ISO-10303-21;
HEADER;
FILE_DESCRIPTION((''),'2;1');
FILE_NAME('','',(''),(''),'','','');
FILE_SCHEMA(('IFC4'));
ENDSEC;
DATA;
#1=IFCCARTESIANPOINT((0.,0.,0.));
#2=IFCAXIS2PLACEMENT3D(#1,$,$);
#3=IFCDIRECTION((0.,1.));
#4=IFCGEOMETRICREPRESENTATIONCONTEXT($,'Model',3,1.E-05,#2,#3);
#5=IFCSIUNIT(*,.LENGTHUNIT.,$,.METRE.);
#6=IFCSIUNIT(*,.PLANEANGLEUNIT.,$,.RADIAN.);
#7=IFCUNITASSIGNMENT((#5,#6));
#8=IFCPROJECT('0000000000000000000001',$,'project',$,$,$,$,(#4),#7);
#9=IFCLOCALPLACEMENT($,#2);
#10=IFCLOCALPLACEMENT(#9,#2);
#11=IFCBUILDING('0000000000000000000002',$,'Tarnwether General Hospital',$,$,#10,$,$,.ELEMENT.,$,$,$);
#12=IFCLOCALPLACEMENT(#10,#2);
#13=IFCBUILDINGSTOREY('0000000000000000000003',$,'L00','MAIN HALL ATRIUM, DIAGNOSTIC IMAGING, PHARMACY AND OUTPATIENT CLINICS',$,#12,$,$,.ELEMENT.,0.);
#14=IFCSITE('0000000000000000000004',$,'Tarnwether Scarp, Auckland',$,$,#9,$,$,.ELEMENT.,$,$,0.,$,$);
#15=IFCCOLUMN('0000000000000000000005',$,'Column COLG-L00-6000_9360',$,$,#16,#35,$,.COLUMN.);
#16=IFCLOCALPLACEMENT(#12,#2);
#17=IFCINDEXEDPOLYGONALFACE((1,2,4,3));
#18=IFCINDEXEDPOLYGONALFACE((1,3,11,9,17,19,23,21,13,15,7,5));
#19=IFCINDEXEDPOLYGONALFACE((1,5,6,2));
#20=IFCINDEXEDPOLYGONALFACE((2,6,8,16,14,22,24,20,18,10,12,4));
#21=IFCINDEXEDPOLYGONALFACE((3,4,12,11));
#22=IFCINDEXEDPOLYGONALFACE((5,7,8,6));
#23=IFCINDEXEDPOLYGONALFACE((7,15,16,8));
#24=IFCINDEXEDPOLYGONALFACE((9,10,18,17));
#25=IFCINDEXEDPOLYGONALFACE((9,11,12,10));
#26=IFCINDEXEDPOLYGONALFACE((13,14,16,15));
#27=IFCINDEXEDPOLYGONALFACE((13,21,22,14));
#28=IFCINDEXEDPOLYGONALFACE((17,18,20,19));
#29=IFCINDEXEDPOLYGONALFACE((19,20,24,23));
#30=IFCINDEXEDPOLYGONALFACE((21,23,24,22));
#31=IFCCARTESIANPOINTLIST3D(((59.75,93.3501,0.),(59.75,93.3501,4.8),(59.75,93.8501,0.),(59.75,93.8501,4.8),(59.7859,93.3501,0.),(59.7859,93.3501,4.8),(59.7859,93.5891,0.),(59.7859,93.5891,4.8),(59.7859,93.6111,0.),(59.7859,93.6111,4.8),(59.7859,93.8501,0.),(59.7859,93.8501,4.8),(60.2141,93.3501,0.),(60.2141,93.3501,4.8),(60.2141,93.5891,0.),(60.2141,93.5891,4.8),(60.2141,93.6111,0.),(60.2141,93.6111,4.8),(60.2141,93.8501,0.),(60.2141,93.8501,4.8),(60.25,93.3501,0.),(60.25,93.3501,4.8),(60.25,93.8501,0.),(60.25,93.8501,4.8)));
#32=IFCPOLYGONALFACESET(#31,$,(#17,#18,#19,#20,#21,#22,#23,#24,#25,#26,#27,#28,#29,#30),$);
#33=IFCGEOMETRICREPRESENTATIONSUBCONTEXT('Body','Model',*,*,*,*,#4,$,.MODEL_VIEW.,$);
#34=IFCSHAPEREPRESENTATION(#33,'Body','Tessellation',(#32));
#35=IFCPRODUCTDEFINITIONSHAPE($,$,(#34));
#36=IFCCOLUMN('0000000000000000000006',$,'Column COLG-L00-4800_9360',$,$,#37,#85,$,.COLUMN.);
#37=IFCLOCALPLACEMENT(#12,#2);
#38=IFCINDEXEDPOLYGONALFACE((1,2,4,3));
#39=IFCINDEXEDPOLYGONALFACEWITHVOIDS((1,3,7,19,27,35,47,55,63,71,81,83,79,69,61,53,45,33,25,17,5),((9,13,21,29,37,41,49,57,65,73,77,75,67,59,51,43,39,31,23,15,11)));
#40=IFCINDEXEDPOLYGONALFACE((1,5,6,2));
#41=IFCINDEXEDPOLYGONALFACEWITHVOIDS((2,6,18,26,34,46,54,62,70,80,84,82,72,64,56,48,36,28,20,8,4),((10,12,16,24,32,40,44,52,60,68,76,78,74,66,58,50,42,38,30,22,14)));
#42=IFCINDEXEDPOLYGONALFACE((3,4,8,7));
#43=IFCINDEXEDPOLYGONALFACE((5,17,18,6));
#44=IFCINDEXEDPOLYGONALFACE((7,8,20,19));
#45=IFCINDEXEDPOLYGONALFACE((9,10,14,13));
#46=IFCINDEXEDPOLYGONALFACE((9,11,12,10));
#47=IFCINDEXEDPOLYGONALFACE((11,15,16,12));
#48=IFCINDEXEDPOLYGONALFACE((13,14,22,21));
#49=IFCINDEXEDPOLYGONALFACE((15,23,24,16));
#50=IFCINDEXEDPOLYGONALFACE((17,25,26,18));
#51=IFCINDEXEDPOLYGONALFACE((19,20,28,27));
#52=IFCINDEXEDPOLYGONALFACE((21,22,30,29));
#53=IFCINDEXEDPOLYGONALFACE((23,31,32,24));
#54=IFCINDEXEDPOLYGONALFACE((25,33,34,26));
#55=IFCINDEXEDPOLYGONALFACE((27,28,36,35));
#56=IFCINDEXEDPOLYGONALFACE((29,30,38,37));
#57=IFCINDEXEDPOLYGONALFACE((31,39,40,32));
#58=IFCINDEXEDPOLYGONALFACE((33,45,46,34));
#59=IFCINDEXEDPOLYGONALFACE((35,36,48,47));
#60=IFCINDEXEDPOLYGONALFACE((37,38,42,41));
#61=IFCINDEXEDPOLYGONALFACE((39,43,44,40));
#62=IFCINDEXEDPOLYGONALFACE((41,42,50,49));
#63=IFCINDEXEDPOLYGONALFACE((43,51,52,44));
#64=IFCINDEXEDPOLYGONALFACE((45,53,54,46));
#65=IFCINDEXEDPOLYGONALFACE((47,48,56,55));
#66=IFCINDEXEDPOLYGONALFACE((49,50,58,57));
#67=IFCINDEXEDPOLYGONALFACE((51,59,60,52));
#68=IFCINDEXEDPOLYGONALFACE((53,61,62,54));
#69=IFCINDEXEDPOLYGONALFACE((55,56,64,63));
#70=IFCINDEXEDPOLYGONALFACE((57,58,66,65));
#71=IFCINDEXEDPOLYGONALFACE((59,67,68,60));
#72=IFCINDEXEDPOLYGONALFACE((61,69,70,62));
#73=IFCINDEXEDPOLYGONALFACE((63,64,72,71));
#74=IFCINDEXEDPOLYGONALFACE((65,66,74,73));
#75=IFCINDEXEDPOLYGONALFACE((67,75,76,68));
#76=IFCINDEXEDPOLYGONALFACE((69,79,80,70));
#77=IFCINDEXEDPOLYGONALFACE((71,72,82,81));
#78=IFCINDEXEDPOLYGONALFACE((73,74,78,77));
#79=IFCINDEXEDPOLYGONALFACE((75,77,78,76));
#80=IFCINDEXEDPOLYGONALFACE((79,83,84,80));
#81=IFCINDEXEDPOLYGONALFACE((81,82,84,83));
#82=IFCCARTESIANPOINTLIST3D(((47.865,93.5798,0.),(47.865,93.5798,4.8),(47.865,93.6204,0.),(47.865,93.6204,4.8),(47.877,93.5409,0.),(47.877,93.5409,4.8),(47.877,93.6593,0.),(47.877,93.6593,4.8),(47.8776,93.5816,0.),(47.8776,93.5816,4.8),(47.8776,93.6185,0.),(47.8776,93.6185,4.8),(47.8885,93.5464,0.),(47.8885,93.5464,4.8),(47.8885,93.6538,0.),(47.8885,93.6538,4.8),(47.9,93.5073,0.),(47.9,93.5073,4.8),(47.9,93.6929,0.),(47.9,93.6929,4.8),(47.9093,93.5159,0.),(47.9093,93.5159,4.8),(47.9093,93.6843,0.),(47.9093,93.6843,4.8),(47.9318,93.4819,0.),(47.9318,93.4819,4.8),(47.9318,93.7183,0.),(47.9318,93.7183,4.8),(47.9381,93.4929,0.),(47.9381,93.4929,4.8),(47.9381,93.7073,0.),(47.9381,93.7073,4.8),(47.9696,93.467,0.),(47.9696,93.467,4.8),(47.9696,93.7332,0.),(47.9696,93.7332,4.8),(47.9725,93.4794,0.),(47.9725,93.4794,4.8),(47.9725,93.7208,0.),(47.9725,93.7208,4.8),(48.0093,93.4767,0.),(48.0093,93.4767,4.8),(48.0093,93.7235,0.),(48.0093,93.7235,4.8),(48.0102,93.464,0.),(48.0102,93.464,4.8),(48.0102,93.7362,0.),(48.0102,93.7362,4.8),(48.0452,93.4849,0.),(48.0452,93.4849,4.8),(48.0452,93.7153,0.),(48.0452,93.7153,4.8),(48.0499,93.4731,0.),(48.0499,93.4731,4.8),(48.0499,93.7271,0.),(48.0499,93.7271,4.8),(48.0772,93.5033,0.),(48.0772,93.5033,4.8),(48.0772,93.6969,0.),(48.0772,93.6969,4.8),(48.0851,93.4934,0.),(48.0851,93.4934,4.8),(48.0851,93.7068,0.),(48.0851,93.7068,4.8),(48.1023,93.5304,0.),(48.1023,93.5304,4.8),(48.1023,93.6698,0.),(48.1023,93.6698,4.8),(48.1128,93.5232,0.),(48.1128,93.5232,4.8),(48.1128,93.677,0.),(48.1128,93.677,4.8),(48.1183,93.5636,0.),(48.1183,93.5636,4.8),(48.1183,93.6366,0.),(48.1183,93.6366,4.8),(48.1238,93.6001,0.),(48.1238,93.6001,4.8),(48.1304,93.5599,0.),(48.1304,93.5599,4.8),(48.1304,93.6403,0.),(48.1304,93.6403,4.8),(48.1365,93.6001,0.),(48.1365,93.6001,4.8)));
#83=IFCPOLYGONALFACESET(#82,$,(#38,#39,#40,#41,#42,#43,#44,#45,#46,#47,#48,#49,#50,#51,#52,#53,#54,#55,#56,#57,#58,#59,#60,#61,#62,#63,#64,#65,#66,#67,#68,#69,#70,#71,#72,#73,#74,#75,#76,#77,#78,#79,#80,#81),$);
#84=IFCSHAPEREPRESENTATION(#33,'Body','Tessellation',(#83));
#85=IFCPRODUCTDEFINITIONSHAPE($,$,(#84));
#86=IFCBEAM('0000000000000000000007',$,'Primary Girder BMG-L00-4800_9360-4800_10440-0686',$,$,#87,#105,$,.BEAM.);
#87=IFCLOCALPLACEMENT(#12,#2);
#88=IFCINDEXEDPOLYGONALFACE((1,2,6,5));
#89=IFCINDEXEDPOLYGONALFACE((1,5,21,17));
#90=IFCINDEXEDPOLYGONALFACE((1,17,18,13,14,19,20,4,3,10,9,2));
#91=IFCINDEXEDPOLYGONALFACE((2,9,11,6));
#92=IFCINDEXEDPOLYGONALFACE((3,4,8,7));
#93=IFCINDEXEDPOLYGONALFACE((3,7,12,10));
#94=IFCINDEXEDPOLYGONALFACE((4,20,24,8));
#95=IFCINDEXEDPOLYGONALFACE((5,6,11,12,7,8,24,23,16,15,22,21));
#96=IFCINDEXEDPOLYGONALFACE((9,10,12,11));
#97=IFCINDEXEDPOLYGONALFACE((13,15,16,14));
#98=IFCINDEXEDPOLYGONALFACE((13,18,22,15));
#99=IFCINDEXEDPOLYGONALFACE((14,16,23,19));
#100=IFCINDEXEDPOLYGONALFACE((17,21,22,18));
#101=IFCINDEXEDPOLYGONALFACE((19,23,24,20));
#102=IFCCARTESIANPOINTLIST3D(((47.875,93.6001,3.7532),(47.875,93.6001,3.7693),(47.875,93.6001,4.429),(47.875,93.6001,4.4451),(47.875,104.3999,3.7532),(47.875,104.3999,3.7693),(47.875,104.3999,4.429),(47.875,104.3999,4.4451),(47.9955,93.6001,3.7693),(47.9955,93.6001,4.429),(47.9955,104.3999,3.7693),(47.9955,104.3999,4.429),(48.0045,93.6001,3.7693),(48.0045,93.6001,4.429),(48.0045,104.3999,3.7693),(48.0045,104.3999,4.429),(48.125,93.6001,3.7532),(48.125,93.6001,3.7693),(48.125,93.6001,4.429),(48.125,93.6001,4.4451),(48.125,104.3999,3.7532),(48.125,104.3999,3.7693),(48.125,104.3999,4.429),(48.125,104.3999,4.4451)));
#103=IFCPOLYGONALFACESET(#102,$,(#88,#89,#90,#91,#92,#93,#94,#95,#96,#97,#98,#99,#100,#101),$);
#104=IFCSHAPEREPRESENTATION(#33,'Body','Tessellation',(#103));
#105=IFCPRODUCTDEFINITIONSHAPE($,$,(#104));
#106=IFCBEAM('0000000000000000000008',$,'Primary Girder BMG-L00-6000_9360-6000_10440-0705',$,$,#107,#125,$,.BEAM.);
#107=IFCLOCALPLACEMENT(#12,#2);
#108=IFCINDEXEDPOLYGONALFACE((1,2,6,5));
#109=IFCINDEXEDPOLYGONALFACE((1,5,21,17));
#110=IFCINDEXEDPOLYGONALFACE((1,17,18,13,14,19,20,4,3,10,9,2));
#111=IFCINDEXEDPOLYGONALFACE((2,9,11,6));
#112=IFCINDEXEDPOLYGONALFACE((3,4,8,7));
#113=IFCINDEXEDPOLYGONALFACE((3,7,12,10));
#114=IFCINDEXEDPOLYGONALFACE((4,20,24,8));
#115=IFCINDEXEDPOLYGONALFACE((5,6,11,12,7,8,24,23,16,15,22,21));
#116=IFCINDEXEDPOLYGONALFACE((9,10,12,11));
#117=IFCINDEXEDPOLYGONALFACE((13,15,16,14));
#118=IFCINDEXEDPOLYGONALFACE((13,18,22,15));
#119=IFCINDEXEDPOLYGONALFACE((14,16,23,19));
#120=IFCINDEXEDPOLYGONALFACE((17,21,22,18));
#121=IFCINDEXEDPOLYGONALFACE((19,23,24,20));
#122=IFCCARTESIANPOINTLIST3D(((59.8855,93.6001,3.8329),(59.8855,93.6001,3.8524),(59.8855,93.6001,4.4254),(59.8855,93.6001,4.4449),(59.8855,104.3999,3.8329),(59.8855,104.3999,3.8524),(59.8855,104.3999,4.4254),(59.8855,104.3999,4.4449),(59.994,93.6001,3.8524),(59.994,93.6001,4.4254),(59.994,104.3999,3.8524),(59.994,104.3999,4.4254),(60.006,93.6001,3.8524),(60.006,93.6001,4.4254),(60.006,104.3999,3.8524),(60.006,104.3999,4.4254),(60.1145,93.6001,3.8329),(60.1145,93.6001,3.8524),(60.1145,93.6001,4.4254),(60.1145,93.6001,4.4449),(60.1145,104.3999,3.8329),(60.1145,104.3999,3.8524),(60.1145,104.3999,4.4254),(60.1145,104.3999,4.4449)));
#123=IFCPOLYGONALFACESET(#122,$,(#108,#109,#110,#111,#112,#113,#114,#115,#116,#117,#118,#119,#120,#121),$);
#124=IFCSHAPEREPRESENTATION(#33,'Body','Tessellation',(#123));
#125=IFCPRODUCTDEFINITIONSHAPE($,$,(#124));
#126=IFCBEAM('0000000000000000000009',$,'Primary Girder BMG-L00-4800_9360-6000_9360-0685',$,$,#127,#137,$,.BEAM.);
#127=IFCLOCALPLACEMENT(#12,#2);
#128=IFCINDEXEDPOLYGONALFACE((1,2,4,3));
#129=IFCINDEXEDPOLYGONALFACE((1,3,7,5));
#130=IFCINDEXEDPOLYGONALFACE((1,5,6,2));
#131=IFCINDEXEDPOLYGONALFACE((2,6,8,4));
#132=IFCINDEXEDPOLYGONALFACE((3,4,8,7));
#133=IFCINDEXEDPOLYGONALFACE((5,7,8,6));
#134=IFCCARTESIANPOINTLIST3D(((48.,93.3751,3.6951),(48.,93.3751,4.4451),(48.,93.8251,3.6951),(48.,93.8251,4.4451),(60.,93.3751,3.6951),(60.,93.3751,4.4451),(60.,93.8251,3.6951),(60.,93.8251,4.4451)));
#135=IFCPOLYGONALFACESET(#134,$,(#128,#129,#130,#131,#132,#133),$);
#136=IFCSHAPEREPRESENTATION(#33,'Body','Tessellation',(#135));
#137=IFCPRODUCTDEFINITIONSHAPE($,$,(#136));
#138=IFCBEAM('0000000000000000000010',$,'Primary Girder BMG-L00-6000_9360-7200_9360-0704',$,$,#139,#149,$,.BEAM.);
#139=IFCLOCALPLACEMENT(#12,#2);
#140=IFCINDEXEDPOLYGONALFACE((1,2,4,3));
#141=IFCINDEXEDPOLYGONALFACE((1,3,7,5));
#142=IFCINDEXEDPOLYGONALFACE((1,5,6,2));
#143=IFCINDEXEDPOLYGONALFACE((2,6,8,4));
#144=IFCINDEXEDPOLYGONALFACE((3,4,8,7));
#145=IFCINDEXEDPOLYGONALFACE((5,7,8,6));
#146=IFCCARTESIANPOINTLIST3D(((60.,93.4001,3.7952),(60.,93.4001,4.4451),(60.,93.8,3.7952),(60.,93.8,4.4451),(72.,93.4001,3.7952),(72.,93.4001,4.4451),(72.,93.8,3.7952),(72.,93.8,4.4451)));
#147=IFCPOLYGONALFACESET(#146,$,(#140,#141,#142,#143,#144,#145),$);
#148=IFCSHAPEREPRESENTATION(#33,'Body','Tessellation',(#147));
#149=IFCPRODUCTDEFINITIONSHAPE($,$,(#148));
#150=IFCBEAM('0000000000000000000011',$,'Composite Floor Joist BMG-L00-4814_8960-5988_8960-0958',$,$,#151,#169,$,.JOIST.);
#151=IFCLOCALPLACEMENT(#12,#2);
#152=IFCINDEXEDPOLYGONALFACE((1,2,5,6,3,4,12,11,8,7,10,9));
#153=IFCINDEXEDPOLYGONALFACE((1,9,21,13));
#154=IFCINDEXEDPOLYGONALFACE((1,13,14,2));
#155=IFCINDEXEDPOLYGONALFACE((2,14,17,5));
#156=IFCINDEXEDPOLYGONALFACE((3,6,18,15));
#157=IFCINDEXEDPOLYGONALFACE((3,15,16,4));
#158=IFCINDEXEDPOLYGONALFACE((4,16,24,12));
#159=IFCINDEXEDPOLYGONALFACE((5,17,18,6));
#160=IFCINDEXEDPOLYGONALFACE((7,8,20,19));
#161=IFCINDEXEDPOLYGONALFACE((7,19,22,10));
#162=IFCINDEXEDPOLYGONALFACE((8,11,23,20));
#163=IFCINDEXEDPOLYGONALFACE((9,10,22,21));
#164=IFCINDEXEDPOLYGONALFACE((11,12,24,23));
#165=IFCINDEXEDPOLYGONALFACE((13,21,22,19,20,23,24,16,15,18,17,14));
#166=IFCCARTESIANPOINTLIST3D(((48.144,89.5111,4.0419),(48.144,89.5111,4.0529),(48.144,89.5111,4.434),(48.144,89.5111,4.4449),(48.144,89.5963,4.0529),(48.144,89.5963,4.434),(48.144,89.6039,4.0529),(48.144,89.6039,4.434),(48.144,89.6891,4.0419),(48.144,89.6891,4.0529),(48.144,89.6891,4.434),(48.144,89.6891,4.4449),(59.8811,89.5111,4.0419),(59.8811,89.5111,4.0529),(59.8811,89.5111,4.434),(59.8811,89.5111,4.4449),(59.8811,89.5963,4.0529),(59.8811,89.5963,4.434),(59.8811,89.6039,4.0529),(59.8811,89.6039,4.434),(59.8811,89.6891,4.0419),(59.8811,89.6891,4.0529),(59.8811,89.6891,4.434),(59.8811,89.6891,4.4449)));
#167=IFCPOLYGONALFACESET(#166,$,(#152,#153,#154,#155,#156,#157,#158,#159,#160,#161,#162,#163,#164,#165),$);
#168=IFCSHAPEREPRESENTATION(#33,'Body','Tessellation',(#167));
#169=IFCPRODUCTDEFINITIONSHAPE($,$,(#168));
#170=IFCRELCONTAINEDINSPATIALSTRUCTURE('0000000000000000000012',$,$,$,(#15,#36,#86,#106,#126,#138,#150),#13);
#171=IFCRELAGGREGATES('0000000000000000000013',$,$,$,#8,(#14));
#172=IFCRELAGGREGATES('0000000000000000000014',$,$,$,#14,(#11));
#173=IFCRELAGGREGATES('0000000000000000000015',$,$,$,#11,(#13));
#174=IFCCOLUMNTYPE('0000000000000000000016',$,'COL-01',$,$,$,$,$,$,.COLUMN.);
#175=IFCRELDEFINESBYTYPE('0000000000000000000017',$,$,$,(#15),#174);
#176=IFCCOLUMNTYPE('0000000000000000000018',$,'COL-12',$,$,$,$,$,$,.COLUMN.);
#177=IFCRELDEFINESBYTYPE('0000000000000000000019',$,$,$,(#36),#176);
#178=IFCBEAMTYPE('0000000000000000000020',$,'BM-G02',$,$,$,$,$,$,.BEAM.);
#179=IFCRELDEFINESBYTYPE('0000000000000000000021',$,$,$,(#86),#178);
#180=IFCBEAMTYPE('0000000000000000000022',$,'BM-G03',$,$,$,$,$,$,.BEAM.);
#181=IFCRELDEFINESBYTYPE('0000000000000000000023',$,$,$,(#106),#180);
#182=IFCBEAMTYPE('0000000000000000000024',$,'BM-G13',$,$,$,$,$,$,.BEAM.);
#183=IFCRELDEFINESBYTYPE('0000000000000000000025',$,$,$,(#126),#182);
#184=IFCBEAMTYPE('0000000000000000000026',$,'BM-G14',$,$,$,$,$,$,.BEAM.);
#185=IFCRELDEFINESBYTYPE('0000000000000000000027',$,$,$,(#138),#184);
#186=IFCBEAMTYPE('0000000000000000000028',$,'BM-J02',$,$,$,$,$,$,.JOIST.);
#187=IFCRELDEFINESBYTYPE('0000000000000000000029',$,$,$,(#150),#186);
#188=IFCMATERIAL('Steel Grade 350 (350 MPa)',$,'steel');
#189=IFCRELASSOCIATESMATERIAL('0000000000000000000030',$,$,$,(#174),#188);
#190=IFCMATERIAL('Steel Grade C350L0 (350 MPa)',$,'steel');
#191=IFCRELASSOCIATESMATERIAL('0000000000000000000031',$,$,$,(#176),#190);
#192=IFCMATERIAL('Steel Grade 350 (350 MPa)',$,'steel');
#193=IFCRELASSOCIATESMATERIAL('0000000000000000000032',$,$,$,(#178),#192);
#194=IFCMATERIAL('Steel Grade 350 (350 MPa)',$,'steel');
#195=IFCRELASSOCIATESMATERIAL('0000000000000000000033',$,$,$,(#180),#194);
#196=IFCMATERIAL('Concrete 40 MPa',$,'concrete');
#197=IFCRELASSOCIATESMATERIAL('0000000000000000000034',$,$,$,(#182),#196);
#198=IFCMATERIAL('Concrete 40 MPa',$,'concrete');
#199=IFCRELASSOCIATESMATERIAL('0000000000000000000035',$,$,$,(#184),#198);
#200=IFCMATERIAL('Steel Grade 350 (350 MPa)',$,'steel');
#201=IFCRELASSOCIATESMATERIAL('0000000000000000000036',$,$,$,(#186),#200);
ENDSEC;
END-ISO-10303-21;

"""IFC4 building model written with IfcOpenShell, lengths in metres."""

from ifc_helpers import new_model, si_unit, direction, frame, origin, origin_2d, place, context, subcontext, project, spatial, rectangle, hollow_circle, i_section, extrude, material, material_profile, profile_set, type_object, element, save


model = new_model("IFC4")

# Units and contexts
model_context = context("Model", 3, precision=1e-05, world=origin(), true_north=direction((0.0, 1.0)))
body_context = subcontext(model_context, "Body", "Model", "MODEL_VIEW")
ifc_project = project(units=[si_unit("LENGTHUNIT", "METRE"), si_unit("PLANEANGLEUNIT", "RADIAN")], contexts=[model_context])

# Site, building, storey
site_placement = place(None, origin())
site = spatial("IfcSite", under=ifc_project, at=site_placement, Name="Tarnwether Scarp, Auckland", CompositionType="ELEMENT", RefElevation=0.0)
building_placement = place(site_placement, origin())
building = spatial("IfcBuilding", under=site, at=building_placement, Name="Tarnwether General Hospital", CompositionType="ELEMENT")
storey_placement = place(building_placement, origin())
storey = spatial("IfcBuildingStorey", under=building, at=storey_placement, Name="L00", Description="MAIN HALL ATRIUM, DIAGNOSTIC IMAGING, PHARMACY AND OUTPATIENT CLINICS", CompositionType="ELEMENT", Elevation=0.0)

# Columns
ifc_material_1 = material(Name="Steel Grade 350 (350 MPa)", Category="steel")
ifc_material_profile_1 = material_profile(ifc_material_1, i_section(OverallWidth=0.5, OverallDepth=0.5, WebThickness=0.022, FlangeThickness=0.0359, at=origin_2d()), Name="500WC380")
ifc_profile_set_1 = profile_set([ifc_material_profile_1], Name="Steel Grade 350 (350 MPa)")
column_type_1 = type_object("IfcColumnType", Name="COL-01", PredefinedType="COLUMN", material=ifc_profile_set_1)
column_1_placement = place(storey_placement, frame((60.0, 93.6001, 0.0), z_axis=(0.0, 0.0, 1.0), x_axis=(0.0, 1.0, 0.0)))
element("IfcColumn", 1, at=column_1_placement, inside=storey, type_object=column_type_1, Name="Column COLG-L00-6000_9360", PredefinedType="COLUMN", context=body_context, shape_type="SweptSolid", body=[
    extrude(i_section(OverallWidth=0.5, OverallDepth=0.5, WebThickness=0.022, FlangeThickness=0.0359, at=origin_2d()), origin(), (0.0, 0.0, 1.0), 4.8),
])
ifc_material_2 = material(Name="Steel Grade C350L0 (350 MPa)", Category="steel")
ifc_material_profile_2 = material_profile(ifc_material_2, hollow_circle(Radius=0.1365, WallThickness=0.0127, at=origin_2d()), Name="CHS273.1x12.7")
ifc_profile_set_2 = profile_set([ifc_material_profile_2], Name="Steel Grade C350L0 (350 MPa)")
column_type_2 = type_object("IfcColumnType", Name="COL-12", PredefinedType="COLUMN", material=ifc_profile_set_2)
column_2_placement = place(storey_placement, frame((48.0, 93.6001, 0.0), z_axis=(0.0, 0.0, 1.0), x_axis=(1.0, 0.0, 0.0)))
element("IfcColumn", 2, at=column_2_placement, inside=storey, type_object=column_type_2, Name="Column COLG-L00-4800_9360", PredefinedType="COLUMN", context=body_context, shape_type="SweptSolid", body=[
    extrude(hollow_circle(Radius=0.1365, WallThickness=0.0127, at=origin_2d()), origin(), (0.0, 0.0, 1.0), 4.8),
])

# Beams
ifc_material_3 = material(Name="Steel Grade 350 (350 MPa)", Category="steel")
ifc_material_profile_3 = material_profile(ifc_material_3, i_section(OverallWidth=0.25, OverallDepth=0.6919, WebThickness=0.009, FlangeThickness=0.0161, at=origin_2d()), Name="700WB115")
ifc_profile_set_3 = profile_set([ifc_material_profile_3], Name="Steel Grade 350 (350 MPa)")
beam_type_1 = type_object("IfcBeamType", Name="BM-G02", PredefinedType="BEAM", material=ifc_profile_set_3)
beam_1_placement = place(storey_placement, frame((48.0, 93.6001, 4.0991), z_axis=(0.0, 1.0, 0.0), x_axis=(-1.0, 0.0, 0.0)))
element("IfcBeam", 3, at=beam_1_placement, inside=storey, type_object=beam_type_1, Name="Primary Girder BMG-L00-4800_9360-4800_10440-0686", PredefinedType="BEAM", context=body_context, shape_type="SweptSolid", body=[
    extrude(i_section(OverallWidth=0.25, OverallDepth=0.6919, WebThickness=0.009, FlangeThickness=0.0161, at=origin_2d()), origin(), (0.0, 0.0, 1.0), 10.7998),
])
ifc_material_4 = material(Name="Steel Grade 350 (350 MPa)", Category="steel")
ifc_material_profile_4 = material_profile(ifc_material_4, i_section(OverallWidth=0.229, OverallDepth=0.6121, WebThickness=0.012, FlangeThickness=0.0195, at=origin_2d()), Name="610UB125")
ifc_profile_set_4 = profile_set([ifc_material_profile_4], Name="Steel Grade 350 (350 MPa)")
beam_type_2 = type_object("IfcBeamType", Name="BM-G03", PredefinedType="BEAM", material=ifc_profile_set_4)
beam_2_placement = place(storey_placement, frame((60.0, 93.6001, 4.1389), z_axis=(0.0, 1.0, 0.0), x_axis=(-1.0, 0.0, 0.0)))
element("IfcBeam", 4, at=beam_2_placement, inside=storey, type_object=beam_type_2, Name="Primary Girder BMG-L00-6000_9360-6000_10440-0705", PredefinedType="BEAM", context=body_context, shape_type="SweptSolid", body=[
    extrude(i_section(OverallWidth=0.229, OverallDepth=0.6121, WebThickness=0.012, FlangeThickness=0.0195, at=origin_2d()), origin(), (0.0, 0.0, 1.0), 10.7998),
])
ifc_material_5 = material(Name="Concrete 40 MPa", Category="concrete")
ifc_material_profile_5 = material_profile(ifc_material_5, rectangle(XDim=0.45, YDim=0.75, at=origin_2d()), Name="RC-BM-450x750")
ifc_profile_set_5 = profile_set([ifc_material_profile_5], Name="Concrete 40 MPa")
beam_type_3 = type_object("IfcBeamType", Name="BM-G13", PredefinedType="BEAM", material=ifc_profile_set_5)
beam_3_placement = place(storey_placement, frame((48.0, 93.6001, 4.0701), z_axis=(1.0, 0.0, 0.0), x_axis=(0.0, 1.0, 0.0)))
element("IfcBeam", 5, at=beam_3_placement, inside=storey, type_object=beam_type_3, Name="Primary Girder BMG-L00-4800_9360-6000_9360-0685", PredefinedType="BEAM", context=body_context, shape_type="SweptSolid", body=[
    extrude(rectangle(XDim=0.45, YDim=0.75, at=origin_2d()), origin(), (0.0, 0.0, 1.0), 12.0),
])
ifc_material_6 = material(Name="Concrete 40 MPa", Category="concrete")
ifc_material_profile_6 = material_profile(ifc_material_6, rectangle(XDim=0.3999, YDim=0.6499, at=origin_2d()), Name="RC-BM-400x650")
ifc_profile_set_6 = profile_set([ifc_material_profile_6], Name="Concrete 40 MPa")
beam_type_4 = type_object("IfcBeamType", Name="BM-G14", PredefinedType="BEAM", material=ifc_profile_set_6)
beam_4_placement = place(storey_placement, frame((60.0, 93.6001, 4.1201), z_axis=(1.0, 0.0, 0.0), x_axis=(0.0, 1.0, 0.0)))
element("IfcBeam", 6, at=beam_4_placement, inside=storey, type_object=beam_type_4, Name="Primary Girder BMG-L00-6000_9360-7200_9360-0704", PredefinedType="BEAM", context=body_context, shape_type="SweptSolid", body=[
    extrude(rectangle(XDim=0.3999, YDim=0.6499, at=origin_2d()), origin(), (0.0, 0.0, 1.0), 12.0),
])
ifc_material_7 = material(Name="Steel Grade 350 (350 MPa)", Category="steel")
ifc_material_profile_7 = material_profile(ifc_material_7, i_section(OverallWidth=0.178, OverallDepth=0.4031, WebThickness=0.0076, FlangeThickness=0.011, at=origin_2d()), Name="410UB53.7")
ifc_profile_set_7 = profile_set([ifc_material_profile_7], Name="Steel Grade 350 (350 MPa)")
beam_type_5 = type_object("IfcBeamType", Name="BM-J02", PredefinedType="JOIST", material=ifc_profile_set_7)
beam_5_placement = place(storey_placement, frame((48.144, 89.6001, 4.2434), z_axis=(1.0, 0.0, 0.0), x_axis=(0.0, 1.0, 0.0)))
element("IfcBeam", 7, at=beam_5_placement, inside=storey, type_object=beam_type_5, Name="Composite Floor Joist BMG-L00-4814_8960-5988_8960-0958", PredefinedType="JOIST", context=body_context, shape_type="SweptSolid", body=[
    extrude(i_section(OverallWidth=0.178, OverallDepth=0.4031, WebThickness=0.0076, FlangeThickness=0.011, at=origin_2d()), origin(), (0.0, 0.0, 1.0), 11.7371),
])

save(model, "model.ifc")
